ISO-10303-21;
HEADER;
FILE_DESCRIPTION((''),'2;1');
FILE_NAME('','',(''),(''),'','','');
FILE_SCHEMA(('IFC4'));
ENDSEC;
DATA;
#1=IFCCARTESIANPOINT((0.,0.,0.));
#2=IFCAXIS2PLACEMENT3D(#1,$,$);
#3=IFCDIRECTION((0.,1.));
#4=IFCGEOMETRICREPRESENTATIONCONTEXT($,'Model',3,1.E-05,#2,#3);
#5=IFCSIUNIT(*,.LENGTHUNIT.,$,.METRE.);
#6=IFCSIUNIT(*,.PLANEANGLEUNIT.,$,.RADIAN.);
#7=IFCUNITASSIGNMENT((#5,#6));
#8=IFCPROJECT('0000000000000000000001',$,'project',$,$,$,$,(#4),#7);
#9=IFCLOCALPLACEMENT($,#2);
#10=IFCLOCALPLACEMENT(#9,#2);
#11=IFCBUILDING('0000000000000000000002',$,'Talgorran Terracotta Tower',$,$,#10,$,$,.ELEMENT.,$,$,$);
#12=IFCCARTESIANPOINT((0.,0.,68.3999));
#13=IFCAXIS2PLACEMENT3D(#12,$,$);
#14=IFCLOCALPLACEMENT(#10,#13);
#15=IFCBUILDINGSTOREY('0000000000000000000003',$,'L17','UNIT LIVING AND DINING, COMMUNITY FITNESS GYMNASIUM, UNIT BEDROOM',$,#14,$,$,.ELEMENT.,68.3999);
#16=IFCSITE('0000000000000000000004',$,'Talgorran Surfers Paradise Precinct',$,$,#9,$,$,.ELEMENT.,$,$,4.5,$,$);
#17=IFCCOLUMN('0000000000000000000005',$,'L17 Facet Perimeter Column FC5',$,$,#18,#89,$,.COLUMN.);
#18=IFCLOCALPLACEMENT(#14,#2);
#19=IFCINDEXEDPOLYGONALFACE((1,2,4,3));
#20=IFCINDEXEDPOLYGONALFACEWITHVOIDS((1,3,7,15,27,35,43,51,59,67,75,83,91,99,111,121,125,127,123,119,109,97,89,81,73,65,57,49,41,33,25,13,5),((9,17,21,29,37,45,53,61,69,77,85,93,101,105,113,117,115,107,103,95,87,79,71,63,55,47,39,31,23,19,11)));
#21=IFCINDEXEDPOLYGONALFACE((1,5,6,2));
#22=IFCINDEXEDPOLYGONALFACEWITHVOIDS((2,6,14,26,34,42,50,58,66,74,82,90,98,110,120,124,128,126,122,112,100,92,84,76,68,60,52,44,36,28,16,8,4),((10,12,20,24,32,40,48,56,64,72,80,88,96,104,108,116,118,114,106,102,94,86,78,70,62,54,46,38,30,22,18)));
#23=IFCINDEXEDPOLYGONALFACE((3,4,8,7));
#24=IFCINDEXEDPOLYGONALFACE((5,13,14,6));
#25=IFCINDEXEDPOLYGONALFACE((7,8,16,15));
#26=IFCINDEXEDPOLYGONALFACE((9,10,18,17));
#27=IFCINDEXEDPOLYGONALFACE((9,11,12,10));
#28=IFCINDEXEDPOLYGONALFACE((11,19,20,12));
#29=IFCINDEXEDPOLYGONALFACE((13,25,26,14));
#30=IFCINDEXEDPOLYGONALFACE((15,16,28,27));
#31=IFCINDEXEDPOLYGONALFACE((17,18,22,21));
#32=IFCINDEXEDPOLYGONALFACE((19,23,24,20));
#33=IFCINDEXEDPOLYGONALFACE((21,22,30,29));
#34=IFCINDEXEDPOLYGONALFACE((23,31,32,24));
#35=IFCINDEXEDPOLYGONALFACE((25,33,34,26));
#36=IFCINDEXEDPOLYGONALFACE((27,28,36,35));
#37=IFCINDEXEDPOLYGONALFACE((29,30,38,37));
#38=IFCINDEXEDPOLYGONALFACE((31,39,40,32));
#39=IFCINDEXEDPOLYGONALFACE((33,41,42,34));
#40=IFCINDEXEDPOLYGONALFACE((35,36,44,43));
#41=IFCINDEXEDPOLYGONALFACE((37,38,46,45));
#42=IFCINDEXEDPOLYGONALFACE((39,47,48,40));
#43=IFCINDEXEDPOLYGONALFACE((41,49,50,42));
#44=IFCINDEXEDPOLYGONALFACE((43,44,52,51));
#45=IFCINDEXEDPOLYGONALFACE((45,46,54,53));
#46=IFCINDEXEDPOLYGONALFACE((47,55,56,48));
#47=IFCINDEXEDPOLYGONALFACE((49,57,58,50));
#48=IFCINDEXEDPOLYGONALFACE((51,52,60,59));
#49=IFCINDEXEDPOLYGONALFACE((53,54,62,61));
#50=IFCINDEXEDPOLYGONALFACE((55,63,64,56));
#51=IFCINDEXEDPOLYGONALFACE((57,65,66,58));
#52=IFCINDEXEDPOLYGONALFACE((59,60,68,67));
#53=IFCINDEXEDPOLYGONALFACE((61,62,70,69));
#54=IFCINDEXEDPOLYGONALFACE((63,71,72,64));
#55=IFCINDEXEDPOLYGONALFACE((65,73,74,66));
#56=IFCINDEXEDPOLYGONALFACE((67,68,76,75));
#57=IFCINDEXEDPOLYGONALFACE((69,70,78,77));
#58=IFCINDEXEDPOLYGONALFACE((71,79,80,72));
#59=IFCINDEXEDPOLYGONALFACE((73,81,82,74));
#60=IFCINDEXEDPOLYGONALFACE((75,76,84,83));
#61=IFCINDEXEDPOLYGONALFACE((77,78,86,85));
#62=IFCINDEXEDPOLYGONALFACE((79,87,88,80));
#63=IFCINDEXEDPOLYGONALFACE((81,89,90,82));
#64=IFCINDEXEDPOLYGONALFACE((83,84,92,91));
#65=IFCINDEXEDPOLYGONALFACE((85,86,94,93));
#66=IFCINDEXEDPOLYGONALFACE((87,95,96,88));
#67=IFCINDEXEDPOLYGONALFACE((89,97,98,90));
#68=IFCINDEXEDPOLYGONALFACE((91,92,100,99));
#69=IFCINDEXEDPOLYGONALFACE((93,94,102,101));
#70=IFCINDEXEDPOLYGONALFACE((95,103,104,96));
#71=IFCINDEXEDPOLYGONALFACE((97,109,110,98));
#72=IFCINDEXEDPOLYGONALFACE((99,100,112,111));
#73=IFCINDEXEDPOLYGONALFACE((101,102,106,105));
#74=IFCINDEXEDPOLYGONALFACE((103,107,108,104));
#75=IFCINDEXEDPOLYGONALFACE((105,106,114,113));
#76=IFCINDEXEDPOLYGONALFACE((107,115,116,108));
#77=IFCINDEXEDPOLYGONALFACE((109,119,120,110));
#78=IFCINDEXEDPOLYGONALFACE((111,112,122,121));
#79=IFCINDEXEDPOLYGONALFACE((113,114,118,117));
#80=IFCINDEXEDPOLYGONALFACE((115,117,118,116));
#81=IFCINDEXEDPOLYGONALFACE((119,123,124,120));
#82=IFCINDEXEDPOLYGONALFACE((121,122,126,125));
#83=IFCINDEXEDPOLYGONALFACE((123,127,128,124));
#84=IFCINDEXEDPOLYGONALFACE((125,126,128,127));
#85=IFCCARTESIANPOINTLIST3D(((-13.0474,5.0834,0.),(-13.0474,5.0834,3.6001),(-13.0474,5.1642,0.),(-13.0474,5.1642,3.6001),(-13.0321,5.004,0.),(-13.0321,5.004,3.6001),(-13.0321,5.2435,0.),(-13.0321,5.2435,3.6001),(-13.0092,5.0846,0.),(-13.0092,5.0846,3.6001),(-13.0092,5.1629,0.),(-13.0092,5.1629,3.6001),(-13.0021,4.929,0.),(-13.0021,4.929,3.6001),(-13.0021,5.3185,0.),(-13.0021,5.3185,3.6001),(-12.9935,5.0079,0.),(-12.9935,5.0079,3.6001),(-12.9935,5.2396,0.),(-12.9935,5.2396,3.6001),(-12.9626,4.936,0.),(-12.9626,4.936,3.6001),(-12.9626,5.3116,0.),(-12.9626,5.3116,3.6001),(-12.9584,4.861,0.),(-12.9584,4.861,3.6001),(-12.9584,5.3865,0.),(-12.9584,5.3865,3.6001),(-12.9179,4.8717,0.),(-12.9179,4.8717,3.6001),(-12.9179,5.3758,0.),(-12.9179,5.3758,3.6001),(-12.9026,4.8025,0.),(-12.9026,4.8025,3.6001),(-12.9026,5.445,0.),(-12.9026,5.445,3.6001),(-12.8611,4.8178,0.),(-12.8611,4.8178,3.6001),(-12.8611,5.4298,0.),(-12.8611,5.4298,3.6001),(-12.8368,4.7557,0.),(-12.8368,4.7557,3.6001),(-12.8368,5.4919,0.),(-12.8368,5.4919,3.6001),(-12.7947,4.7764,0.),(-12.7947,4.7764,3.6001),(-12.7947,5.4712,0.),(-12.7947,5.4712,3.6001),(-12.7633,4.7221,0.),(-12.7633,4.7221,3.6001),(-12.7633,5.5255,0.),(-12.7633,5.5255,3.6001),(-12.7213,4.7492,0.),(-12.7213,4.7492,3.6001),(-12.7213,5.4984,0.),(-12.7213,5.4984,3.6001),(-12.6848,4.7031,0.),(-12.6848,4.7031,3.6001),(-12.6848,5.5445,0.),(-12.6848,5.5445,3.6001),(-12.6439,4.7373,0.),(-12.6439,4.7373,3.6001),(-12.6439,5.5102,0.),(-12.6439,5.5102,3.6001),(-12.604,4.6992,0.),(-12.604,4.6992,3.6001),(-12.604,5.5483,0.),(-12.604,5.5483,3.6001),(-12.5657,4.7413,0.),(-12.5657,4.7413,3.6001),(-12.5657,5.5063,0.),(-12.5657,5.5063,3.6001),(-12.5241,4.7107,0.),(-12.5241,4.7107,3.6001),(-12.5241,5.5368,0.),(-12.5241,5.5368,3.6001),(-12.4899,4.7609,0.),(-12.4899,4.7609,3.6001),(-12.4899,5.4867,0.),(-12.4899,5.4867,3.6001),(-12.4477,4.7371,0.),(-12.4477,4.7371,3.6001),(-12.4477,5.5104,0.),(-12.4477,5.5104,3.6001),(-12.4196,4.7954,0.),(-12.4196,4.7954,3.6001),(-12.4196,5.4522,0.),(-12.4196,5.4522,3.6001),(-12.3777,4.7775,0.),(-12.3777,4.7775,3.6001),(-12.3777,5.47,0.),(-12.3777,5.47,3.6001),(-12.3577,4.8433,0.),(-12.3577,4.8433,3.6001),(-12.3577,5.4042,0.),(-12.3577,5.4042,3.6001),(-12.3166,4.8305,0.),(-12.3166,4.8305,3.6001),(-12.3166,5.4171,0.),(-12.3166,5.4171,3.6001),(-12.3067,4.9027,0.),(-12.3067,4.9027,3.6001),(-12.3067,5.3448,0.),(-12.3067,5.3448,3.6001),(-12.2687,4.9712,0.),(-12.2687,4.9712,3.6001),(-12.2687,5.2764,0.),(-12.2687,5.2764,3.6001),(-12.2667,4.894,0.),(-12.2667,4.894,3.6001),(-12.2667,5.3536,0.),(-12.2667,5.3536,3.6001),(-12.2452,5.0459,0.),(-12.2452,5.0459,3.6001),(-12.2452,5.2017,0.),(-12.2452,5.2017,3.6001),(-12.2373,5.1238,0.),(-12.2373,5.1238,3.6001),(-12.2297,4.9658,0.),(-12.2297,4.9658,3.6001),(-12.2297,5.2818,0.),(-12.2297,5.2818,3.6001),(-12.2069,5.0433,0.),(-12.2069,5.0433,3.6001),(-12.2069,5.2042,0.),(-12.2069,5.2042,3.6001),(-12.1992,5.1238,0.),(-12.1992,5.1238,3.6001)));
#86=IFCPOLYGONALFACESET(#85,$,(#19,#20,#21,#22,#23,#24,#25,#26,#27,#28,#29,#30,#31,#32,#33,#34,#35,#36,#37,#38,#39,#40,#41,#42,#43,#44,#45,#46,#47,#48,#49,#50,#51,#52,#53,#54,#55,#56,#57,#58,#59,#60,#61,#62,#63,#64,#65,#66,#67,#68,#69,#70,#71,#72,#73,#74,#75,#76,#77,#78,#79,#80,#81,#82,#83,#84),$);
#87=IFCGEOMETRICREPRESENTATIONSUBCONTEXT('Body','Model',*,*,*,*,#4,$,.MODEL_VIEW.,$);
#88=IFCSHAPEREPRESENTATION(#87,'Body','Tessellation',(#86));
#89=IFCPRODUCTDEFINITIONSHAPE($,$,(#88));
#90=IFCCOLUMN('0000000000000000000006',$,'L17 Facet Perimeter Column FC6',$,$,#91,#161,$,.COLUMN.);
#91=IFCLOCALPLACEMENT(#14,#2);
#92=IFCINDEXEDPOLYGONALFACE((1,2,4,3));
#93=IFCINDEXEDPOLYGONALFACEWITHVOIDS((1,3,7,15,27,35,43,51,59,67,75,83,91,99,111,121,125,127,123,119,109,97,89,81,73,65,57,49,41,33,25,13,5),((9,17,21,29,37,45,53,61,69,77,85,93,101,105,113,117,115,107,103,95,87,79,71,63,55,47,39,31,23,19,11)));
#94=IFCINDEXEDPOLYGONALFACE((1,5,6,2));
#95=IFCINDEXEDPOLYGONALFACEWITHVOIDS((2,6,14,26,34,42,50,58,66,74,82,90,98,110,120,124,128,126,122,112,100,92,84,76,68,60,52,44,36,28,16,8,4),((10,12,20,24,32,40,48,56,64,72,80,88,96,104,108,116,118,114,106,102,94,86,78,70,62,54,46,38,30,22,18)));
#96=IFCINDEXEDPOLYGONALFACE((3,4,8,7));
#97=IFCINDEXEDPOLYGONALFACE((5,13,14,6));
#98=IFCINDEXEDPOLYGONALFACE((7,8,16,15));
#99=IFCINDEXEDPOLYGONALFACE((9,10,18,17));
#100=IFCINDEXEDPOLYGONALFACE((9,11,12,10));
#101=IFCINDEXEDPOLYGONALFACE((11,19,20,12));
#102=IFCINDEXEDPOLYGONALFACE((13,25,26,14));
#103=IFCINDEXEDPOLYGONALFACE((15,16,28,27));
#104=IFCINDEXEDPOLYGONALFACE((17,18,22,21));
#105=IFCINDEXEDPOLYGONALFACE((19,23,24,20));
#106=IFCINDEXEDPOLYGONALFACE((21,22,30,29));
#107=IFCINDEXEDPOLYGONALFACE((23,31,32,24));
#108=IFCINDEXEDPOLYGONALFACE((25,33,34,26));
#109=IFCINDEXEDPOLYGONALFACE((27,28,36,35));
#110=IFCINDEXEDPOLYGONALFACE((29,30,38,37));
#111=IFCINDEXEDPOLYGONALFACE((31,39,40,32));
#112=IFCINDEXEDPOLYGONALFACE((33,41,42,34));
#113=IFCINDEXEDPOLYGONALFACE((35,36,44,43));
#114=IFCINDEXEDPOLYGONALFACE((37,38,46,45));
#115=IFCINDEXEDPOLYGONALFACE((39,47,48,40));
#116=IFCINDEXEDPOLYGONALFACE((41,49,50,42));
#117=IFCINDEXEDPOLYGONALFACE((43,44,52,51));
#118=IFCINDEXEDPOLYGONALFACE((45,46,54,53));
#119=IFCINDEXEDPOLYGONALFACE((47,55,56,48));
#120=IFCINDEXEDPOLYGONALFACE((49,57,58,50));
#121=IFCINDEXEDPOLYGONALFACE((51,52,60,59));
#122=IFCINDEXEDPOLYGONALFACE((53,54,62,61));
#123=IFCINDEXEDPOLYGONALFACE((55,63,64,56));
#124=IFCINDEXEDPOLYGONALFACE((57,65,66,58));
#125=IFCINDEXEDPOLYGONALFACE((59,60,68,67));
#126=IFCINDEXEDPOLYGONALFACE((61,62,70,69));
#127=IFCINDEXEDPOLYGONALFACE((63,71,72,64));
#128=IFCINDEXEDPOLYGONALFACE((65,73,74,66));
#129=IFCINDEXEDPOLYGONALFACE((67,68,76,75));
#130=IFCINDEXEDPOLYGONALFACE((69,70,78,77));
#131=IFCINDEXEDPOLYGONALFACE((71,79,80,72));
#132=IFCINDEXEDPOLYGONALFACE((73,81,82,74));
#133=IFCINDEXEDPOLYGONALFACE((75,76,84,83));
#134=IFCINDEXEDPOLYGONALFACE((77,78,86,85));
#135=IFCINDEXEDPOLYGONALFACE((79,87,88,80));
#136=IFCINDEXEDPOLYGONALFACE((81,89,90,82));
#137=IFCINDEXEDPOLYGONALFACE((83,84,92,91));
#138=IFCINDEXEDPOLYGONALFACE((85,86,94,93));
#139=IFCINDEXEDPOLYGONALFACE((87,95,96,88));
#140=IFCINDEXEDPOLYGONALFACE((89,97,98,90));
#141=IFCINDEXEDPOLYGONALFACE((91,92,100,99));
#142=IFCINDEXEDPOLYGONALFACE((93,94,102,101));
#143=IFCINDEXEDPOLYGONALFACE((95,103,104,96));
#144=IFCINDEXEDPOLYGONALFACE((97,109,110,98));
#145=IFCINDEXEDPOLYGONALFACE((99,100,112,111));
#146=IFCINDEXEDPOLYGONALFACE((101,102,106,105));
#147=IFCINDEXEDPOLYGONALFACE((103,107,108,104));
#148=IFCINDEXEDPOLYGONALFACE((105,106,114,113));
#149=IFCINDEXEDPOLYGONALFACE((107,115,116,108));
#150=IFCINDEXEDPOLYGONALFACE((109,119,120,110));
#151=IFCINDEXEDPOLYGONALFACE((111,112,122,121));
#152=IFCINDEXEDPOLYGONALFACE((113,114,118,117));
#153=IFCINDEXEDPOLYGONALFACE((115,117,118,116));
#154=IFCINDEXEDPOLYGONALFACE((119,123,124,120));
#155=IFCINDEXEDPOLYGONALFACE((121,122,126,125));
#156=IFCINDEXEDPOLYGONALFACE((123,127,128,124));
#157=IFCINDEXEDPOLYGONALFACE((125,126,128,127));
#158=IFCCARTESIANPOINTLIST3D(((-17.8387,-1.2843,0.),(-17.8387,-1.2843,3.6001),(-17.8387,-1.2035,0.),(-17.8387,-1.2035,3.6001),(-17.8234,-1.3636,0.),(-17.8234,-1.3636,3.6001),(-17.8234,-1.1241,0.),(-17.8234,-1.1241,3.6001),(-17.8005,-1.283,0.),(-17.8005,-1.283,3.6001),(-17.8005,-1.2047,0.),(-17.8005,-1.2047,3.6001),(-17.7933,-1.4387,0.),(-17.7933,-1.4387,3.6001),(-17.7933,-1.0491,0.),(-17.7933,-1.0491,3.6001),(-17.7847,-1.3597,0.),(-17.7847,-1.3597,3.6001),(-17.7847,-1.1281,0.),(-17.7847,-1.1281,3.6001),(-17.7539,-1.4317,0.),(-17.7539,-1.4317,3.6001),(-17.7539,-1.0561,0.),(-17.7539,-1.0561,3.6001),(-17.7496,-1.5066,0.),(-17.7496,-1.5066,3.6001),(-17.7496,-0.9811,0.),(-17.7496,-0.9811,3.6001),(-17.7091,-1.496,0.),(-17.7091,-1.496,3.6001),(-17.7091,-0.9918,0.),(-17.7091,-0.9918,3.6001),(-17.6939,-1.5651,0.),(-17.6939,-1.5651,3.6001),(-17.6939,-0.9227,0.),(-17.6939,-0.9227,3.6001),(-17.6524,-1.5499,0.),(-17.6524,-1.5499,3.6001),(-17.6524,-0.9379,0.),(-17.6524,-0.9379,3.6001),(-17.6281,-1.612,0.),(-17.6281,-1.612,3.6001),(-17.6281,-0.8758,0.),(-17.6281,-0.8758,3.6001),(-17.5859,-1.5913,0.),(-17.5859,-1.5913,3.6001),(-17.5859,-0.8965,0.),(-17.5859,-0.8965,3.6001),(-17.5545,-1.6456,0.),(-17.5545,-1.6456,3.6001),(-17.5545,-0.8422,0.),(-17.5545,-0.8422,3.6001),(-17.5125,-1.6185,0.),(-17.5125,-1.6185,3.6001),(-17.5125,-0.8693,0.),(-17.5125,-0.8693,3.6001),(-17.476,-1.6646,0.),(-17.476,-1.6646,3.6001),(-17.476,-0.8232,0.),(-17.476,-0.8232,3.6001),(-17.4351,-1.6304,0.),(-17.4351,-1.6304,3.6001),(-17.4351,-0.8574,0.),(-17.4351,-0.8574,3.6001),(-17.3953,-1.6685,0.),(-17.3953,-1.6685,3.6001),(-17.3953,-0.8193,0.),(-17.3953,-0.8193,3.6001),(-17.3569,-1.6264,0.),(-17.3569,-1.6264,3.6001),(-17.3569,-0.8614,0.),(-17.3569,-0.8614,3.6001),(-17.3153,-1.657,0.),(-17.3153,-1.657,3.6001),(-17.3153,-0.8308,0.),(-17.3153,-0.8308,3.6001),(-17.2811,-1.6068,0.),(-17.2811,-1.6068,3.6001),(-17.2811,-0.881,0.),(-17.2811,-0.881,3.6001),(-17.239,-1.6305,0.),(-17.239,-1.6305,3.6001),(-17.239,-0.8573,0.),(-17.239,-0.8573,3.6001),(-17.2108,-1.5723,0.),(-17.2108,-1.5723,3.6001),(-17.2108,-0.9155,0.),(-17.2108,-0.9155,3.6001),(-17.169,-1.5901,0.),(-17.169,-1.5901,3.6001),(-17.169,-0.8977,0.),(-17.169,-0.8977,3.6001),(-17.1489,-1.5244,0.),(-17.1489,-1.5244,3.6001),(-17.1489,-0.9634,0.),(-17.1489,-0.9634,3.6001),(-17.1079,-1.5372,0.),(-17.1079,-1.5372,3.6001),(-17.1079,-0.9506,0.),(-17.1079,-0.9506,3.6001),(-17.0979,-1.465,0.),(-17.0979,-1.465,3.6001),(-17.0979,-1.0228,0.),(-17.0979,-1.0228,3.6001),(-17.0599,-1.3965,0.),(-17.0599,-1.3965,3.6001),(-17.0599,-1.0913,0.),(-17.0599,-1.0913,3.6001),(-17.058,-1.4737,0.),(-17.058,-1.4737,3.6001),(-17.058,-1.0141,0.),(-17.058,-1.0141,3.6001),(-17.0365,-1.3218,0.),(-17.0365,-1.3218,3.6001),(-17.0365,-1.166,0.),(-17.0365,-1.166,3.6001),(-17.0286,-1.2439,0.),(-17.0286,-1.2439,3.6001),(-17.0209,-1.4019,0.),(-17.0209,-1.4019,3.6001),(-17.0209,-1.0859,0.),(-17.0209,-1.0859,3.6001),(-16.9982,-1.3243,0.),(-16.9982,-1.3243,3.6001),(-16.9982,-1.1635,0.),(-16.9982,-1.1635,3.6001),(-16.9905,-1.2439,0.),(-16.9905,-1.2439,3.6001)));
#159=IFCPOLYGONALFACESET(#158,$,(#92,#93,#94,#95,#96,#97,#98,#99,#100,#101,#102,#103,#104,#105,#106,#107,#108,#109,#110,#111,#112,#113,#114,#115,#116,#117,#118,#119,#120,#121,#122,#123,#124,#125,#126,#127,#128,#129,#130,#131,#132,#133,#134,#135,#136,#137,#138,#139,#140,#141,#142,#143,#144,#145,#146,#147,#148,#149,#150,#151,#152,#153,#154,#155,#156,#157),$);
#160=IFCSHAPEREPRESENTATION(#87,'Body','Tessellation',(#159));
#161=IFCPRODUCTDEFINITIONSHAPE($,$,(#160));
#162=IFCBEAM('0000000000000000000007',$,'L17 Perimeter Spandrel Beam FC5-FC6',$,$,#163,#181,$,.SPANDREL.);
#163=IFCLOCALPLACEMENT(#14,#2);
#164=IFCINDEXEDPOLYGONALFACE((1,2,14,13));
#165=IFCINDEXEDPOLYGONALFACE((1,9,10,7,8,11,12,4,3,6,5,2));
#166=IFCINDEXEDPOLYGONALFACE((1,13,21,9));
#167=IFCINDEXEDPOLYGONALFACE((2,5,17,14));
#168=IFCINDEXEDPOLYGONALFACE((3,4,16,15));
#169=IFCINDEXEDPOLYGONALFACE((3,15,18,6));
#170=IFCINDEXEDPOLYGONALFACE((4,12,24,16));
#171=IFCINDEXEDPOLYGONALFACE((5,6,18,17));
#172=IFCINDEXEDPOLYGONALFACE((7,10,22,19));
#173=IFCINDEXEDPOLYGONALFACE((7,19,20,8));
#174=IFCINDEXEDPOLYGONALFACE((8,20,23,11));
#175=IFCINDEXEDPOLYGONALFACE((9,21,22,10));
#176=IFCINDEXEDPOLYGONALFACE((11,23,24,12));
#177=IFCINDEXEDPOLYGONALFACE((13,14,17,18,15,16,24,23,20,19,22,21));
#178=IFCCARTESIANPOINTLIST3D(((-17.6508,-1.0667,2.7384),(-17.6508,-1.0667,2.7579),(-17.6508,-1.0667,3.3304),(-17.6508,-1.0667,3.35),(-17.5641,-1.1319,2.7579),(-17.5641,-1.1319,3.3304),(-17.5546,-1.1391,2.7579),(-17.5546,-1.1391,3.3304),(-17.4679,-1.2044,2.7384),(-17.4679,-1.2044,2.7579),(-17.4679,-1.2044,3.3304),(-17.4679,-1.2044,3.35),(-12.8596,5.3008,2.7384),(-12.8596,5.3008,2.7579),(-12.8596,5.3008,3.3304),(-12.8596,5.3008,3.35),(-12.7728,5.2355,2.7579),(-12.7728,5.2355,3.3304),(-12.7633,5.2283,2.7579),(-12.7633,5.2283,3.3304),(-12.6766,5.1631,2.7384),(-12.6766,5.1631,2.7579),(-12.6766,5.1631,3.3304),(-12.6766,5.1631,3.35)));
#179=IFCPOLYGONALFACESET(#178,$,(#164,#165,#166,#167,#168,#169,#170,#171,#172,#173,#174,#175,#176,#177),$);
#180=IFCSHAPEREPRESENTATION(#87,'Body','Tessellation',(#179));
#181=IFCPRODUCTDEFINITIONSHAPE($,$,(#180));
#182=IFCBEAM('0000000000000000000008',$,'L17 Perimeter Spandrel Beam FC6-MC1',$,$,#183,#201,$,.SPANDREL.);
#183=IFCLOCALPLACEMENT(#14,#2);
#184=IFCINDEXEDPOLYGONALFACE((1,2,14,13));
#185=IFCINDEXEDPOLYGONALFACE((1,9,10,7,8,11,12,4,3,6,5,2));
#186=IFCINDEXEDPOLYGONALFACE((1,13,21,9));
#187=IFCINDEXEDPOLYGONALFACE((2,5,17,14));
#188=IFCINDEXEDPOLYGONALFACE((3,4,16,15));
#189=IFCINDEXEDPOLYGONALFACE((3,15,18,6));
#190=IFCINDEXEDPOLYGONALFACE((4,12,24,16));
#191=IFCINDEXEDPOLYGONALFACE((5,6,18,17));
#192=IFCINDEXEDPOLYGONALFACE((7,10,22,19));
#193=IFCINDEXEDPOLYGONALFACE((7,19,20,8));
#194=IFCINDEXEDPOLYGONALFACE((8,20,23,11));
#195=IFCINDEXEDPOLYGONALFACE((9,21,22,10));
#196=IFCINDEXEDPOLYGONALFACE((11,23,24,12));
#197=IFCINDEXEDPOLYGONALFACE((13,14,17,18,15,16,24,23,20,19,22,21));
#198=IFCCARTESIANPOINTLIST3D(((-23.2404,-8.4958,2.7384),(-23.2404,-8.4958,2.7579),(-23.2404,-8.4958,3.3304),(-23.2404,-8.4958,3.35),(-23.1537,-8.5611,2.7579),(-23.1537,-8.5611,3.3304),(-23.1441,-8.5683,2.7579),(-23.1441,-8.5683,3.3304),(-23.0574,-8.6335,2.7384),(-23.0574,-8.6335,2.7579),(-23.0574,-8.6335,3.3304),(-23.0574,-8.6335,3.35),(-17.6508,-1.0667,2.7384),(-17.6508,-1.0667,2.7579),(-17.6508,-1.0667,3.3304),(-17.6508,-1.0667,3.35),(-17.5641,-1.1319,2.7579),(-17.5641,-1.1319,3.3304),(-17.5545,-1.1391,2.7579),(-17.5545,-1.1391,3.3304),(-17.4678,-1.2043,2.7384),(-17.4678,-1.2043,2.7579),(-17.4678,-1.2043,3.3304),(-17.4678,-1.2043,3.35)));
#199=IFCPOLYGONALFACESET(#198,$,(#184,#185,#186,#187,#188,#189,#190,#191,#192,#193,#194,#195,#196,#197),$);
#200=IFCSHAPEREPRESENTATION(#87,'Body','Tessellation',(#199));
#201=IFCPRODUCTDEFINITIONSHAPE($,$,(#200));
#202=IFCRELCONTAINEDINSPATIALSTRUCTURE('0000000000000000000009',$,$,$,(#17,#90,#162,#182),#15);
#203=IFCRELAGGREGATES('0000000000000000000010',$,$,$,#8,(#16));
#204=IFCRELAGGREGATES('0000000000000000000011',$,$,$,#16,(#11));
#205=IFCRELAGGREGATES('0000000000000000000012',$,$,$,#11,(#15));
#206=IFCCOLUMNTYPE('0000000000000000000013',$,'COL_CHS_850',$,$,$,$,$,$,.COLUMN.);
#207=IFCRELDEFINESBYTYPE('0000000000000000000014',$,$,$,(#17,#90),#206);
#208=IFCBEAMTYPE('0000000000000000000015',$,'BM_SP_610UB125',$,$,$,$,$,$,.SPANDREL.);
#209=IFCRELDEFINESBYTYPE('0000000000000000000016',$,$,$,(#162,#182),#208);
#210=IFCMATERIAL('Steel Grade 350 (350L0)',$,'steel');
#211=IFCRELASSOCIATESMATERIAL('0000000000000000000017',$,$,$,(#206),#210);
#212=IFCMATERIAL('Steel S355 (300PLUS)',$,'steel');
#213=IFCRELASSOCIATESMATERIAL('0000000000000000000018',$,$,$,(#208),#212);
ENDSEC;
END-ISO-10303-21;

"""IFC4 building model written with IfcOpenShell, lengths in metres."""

from ifc_helpers import new_model, si_unit, direction, frame, origin, origin_2d, place, context, subcontext, project, spatial, hollow_circle, i_section, extrude, material, material_profile, profile_set, type_object, element, save


model = new_model("IFC4")

# Units and contexts
model_context = context("Model", 3, precision=1e-05, world=origin(), true_north=direction((0.0, 1.0)))
body_context = subcontext(model_context, "Body", "Model", "MODEL_VIEW")
ifc_project = project(units=[si_unit("LENGTHUNIT", "METRE"), si_unit("PLANEANGLEUNIT", "RADIAN")], contexts=[model_context])

# Site, building, storey
site_placement = place(None, origin())
site = spatial("IfcSite", under=ifc_project, at=site_placement, Name="Talgorran Surfers Paradise Precinct", CompositionType="ELEMENT", RefElevation=4.5)
building_placement = place(site_placement, origin())
building = spatial("IfcBuilding", under=site, at=building_placement, Name="Talgorran Terracotta Tower", CompositionType="ELEMENT")
storey_placement = place(building_placement, frame((0.0, 0.0, 68.3999)))
storey = spatial("IfcBuildingStorey", under=building, at=storey_placement, Name="L17", Description="UNIT LIVING AND DINING, COMMUNITY FITNESS GYMNASIUM, UNIT BEDROOM", CompositionType="ELEMENT", Elevation=68.3999)

# Columns
ifc_material_1 = material(Name="Steel Grade 350 (350L0)", Category="steel")
ifc_material_profile_1 = material_profile(ifc_material_1, hollow_circle(Radius=0.425, WallThickness=0.0381, at=origin_2d()), Name="CHS850X38")
ifc_profile_set_1 = profile_set([ifc_material_profile_1], Name="Steel Grade 350 (350L0)")
column_type = type_object("IfcColumnType", Name="COL_CHS_850", PredefinedType="COLUMN", material=ifc_profile_set_1)
for number, where, z_axis, x_axis, name in (
    (1, (-12.6243, 5.1238, 0.0), (0.0, 0.0, 1.0), (1.0, 0.0, 0.0), "L17 Facet Perimeter Column FC5"),
    (2, (-17.4155, -1.2439, 0.0), (0.0, 0.0, 1.0), (1.0, 0.0, 0.0), "L17 Facet Perimeter Column FC6"),
):
    element("IfcColumn", number, at=place(storey_placement, frame(where, z_axis=z_axis, x_axis=x_axis)), inside=storey, type_object=column_type, Name=name, PredefinedType="COLUMN", context=body_context, shape_type="SweptSolid", body=[
        extrude(hollow_circle(Radius=0.425, WallThickness=0.0381, at=origin_2d()), origin(), (0.0, 0.0, 1.0), 3.6001),
    ])

# Beams
ifc_material_2 = material(Name="Steel S355 (300PLUS)", Category="steel")
ifc_material_profile_2 = material_profile(ifc_material_2, i_section(OverallWidth=0.229, OverallDepth=0.6116, WebThickness=0.012, FlangeThickness=0.0195, at=origin_2d()), Name="610UB125")
ifc_profile_set_2 = profile_set([ifc_material_profile_2], Name="Steel S355 (300PLUS)")
beam_type = type_object("IfcBeamType", Name="BM_SP_610UB125", PredefinedType="SPANDREL", material=ifc_profile_set_2)
beam_1_placement = place(storey_placement, frame((-12.7681, 5.2319, 3.0442), z_axis=(-0.601259, -0.799054, 0.0), x_axis=(0.799054, -0.601259, 0.0)))
element("IfcBeam", 3, at=beam_1_placement, inside=storey, type_object=beam_type, Name="L17 Perimeter Spandrel Beam FC5-FC6", PredefinedType="SPANDREL", context=body_context, shape_type="SweptSolid", body=[
    extrude(i_section(OverallWidth=0.229, OverallDepth=0.6116, WebThickness=0.012, FlangeThickness=0.0195, at=origin_2d()), origin(), (0.0, 0.0, 1.0), 7.9688),
])
beam_2_placement = place(storey_placement, frame((-17.5593, -1.1355, 3.0442), z_axis=(-0.601218, -0.799085, 0.0), x_axis=(0.799085, -0.601218, 0.0)))
element("IfcBeam", 4, at=beam_2_placement, inside=storey, type_object=beam_type, Name="L17 Perimeter Spandrel Beam FC6-MC1", PredefinedType="SPANDREL", context=body_context, shape_type="SweptSolid", body=[
    extrude(i_section(OverallWidth=0.229, OverallDepth=0.6116, WebThickness=0.012, FlangeThickness=0.0195, at=origin_2d()), origin(), (0.0, 0.0, 1.0), 9.2971),
])

save(model, "model.ifc")
